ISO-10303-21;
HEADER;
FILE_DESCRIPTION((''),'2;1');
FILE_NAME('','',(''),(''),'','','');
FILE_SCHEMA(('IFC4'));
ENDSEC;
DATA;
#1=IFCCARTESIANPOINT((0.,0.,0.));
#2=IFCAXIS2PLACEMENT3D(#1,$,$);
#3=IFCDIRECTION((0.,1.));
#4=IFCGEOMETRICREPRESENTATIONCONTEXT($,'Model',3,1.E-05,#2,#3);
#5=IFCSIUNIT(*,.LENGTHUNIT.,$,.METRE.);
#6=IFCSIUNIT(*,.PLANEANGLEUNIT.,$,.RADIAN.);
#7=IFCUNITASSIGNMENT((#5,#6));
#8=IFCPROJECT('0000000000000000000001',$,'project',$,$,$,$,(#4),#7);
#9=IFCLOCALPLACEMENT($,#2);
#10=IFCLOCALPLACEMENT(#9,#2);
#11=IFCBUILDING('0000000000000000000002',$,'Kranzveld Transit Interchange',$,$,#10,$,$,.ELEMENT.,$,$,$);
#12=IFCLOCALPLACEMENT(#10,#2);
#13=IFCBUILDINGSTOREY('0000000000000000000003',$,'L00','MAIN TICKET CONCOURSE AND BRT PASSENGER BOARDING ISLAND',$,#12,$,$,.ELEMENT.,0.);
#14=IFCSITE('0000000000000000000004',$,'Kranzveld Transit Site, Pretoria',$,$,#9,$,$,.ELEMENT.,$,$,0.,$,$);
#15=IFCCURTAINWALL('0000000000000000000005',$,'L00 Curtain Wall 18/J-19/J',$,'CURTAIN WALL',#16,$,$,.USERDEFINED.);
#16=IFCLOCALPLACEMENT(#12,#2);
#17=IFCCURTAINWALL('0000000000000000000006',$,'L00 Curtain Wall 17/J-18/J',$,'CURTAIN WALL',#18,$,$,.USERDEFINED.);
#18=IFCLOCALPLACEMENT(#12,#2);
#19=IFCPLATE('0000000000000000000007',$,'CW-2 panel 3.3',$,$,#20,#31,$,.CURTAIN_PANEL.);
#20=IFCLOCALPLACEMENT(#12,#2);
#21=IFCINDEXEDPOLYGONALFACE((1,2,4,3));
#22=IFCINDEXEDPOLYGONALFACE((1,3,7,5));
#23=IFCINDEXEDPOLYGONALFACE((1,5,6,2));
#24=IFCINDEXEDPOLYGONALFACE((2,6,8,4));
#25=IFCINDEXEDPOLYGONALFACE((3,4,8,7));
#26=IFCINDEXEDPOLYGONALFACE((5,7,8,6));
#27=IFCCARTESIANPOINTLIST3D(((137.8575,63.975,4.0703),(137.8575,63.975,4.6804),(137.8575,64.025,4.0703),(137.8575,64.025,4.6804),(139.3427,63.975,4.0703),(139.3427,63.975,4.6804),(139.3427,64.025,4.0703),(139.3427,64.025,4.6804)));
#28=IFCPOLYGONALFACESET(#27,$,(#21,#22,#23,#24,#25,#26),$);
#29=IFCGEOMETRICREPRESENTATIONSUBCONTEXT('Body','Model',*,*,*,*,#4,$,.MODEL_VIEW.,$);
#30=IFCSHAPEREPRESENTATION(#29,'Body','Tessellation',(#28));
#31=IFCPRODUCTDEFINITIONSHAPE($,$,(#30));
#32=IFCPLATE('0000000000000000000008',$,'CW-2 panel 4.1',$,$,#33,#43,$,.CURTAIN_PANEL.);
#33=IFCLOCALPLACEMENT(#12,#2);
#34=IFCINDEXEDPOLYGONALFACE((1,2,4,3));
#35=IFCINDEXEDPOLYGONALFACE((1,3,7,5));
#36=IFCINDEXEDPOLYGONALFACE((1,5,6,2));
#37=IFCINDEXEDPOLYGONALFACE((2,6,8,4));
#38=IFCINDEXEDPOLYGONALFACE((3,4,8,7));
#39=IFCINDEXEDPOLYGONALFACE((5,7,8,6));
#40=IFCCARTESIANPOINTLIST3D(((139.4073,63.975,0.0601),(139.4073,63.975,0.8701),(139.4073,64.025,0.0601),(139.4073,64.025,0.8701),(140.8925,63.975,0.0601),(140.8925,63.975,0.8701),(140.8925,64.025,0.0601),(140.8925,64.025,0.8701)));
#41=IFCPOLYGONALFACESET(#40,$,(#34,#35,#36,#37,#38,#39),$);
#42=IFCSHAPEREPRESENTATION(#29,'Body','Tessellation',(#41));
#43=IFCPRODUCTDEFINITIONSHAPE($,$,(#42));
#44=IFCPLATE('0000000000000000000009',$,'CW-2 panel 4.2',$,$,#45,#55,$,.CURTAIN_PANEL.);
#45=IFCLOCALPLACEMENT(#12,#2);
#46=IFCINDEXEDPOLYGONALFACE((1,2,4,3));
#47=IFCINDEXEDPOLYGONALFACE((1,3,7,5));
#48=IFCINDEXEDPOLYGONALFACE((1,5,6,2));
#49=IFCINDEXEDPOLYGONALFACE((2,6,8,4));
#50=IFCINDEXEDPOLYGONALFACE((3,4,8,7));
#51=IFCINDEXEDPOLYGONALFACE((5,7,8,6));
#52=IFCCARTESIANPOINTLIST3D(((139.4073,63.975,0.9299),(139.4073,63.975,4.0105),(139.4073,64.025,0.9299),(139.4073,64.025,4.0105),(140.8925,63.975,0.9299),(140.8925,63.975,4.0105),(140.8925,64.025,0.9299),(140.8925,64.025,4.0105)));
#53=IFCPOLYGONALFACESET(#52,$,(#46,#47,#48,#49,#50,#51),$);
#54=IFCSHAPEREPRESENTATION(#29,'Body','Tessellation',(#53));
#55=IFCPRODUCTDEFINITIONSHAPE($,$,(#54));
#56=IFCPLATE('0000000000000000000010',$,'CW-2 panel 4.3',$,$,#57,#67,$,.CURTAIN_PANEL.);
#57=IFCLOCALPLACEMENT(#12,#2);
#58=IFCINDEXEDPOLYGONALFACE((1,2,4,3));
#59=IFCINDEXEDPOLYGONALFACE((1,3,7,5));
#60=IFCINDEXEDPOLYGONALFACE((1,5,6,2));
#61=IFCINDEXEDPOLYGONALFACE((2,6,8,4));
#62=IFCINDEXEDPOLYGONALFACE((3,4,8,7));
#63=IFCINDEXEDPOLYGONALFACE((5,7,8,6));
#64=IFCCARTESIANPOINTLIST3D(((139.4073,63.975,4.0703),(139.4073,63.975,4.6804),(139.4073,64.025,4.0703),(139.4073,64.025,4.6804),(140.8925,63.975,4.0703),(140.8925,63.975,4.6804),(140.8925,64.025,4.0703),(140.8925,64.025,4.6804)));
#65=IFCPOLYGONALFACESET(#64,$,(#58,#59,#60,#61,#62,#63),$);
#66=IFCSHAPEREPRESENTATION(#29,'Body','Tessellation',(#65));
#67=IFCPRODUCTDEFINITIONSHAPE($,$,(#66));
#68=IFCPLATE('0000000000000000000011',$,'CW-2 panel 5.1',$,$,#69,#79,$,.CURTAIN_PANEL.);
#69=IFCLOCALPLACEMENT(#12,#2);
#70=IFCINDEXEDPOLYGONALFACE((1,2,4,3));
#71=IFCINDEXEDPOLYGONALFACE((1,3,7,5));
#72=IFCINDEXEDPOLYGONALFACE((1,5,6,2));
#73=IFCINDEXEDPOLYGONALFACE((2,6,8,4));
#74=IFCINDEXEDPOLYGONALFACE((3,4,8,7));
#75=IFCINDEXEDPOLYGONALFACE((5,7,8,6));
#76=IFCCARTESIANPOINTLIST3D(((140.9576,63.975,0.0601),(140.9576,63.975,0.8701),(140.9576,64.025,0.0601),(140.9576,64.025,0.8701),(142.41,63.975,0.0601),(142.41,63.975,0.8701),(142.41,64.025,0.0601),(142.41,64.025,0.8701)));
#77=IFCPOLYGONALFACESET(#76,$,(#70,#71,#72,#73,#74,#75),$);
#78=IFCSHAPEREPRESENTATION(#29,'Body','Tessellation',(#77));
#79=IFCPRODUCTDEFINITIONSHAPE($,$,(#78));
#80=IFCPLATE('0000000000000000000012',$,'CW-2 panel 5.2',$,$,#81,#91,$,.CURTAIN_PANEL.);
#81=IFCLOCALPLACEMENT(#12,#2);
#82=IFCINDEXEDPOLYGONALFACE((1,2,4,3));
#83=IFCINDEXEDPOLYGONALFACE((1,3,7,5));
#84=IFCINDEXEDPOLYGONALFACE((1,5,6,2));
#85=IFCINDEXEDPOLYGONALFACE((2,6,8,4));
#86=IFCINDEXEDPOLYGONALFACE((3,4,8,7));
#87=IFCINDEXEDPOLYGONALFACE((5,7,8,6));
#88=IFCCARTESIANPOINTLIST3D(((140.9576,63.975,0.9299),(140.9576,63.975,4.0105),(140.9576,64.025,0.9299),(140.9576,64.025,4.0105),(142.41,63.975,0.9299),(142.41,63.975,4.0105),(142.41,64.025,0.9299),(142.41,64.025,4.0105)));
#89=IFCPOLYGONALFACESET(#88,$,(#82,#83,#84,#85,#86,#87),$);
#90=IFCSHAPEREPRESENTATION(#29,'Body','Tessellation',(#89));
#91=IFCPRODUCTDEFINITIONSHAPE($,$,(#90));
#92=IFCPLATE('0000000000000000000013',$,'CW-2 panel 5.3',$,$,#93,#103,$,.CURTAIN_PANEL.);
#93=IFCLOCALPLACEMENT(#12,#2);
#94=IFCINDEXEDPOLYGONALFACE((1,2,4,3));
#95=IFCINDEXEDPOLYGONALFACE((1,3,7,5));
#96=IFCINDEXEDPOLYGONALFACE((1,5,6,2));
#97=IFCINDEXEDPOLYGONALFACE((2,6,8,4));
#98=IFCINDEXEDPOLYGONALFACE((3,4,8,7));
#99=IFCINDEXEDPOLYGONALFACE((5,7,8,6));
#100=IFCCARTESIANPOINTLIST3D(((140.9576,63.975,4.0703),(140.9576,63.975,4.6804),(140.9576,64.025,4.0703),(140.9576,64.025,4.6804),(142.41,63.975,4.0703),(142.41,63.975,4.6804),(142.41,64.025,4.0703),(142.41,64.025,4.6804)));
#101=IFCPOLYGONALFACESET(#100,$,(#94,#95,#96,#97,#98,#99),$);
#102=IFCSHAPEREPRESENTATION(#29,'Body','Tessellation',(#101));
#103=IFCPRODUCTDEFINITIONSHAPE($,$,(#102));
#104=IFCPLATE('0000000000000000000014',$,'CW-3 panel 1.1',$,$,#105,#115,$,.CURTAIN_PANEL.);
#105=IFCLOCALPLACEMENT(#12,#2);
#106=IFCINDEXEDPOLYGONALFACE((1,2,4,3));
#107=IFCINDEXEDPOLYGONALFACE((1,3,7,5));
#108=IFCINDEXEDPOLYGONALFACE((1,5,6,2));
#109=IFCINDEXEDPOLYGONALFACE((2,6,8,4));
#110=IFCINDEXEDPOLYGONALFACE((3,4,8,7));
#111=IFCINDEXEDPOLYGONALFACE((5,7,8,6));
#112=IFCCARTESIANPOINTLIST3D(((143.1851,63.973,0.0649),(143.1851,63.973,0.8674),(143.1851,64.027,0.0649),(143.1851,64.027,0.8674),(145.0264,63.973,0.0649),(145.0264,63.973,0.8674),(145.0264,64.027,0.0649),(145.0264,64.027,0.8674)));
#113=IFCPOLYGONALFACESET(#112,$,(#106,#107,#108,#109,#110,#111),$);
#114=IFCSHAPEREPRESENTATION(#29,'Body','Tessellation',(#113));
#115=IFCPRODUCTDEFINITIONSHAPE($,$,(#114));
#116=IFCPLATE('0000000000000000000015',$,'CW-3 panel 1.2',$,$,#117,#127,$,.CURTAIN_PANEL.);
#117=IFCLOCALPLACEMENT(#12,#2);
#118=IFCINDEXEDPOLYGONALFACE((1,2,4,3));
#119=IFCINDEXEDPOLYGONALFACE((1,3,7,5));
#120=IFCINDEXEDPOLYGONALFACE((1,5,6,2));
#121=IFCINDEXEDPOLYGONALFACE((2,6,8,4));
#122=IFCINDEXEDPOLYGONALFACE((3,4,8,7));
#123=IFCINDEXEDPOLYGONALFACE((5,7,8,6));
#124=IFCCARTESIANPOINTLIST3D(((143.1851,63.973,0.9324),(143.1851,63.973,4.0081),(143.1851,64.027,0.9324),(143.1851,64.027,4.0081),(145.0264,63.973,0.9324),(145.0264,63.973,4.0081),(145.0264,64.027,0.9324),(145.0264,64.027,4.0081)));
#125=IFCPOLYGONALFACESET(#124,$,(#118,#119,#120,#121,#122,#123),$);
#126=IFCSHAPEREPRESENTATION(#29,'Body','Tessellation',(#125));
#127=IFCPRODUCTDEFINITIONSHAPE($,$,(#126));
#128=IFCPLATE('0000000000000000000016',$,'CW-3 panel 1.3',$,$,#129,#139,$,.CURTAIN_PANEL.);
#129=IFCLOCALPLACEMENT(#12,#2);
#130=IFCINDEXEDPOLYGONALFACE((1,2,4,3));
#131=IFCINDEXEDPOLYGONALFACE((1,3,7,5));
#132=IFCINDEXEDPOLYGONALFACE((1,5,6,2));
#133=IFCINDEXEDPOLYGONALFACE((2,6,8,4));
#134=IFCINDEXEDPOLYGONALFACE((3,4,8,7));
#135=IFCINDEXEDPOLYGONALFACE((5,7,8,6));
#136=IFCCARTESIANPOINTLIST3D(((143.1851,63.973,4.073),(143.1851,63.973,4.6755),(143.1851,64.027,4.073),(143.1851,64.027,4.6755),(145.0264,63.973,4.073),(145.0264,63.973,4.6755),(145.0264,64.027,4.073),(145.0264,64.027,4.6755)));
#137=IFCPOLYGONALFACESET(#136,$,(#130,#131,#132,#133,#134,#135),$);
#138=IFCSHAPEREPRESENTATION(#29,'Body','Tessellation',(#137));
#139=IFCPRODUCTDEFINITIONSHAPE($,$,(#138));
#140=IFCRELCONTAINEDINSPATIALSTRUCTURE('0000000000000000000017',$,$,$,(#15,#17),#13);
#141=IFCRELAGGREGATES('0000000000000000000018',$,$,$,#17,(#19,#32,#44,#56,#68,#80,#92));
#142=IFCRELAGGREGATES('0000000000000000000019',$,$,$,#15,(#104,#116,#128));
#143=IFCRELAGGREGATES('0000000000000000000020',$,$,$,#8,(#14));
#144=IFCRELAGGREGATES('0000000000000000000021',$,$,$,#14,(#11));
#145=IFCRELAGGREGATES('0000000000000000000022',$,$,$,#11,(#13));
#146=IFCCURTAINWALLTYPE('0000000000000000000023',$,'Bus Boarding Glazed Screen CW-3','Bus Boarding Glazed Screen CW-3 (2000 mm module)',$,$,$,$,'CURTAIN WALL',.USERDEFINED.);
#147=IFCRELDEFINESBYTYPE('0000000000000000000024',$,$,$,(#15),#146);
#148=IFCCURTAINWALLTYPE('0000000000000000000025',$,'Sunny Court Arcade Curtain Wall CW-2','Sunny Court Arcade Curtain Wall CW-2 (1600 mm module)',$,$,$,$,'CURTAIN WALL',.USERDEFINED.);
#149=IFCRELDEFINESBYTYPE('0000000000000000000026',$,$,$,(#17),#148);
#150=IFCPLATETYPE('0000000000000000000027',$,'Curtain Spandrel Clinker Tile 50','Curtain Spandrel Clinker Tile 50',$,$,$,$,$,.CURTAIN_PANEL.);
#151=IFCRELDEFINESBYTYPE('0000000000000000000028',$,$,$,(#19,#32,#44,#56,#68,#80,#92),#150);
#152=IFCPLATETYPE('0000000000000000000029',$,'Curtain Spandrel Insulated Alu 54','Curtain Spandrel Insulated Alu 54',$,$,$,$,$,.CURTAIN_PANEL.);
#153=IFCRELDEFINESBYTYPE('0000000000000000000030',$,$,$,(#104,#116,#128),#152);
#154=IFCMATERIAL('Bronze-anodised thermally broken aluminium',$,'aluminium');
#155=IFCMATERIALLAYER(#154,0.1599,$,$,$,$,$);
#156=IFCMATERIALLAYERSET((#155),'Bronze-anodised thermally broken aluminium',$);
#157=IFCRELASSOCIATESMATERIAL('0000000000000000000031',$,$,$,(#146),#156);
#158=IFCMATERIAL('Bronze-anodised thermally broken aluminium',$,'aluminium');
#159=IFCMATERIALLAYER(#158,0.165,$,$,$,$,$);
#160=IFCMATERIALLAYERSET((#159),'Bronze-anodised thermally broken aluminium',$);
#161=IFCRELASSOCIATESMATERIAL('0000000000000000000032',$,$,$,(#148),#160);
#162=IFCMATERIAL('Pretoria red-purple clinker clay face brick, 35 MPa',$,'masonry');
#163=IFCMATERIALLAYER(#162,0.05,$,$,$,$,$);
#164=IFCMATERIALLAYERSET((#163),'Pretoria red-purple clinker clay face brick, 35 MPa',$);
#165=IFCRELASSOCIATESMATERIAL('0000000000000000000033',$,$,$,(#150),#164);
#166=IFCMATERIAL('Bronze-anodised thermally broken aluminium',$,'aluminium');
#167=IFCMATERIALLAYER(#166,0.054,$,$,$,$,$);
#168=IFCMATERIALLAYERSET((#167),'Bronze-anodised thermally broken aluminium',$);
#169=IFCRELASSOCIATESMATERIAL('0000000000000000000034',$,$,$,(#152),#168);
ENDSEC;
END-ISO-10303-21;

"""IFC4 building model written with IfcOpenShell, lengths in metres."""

from ifc_helpers import new_model, si_unit, direction, frame, origin, origin_2d, place, context, subcontext, project, spatial, rectangle, extrude, material, layer, layer_set, type_object, element, aggregate, save


model = new_model("IFC4")

# Units and contexts
model_context = context("Model", 3, precision=1e-05, world=origin(), true_north=direction((0.0, 1.0)))
body_context = subcontext(model_context, "Body", "Model", "MODEL_VIEW")
ifc_project = project(units=[si_unit("LENGTHUNIT", "METRE"), si_unit("PLANEANGLEUNIT", "RADIAN")], contexts=[model_context])

# Site, building, storey
site_placement = place(None, origin())
site = spatial("IfcSite", under=ifc_project, at=site_placement, Name="Kranzveld Transit Site, Pretoria", CompositionType="ELEMENT", RefElevation=0.0)
building_placement = place(site_placement, origin())
building = spatial("IfcBuilding", under=site, at=building_placement, Name="Kranzveld Transit Interchange", CompositionType="ELEMENT")
storey_placement = place(building_placement, origin())
storey = spatial("IfcBuildingStorey", under=building, at=storey_placement, Name="L00", Description="MAIN TICKET CONCOURSE AND BRT PASSENGER BOARDING ISLAND", CompositionType="ELEMENT", Elevation=0.0)

# Curtain walls
ifc_material_1 = material(Name="Bronze-anodised thermally broken aluminium", Category="aluminium")
ifc_layer_1 = layer(ifc_material_1, 0.1599)
ifc_layer_set_1 = layer_set([ifc_layer_1], Name="Bronze-anodised thermally broken aluminium")
curtain_wall_type_1 = type_object("IfcCurtainWallType", Name="Bus Boarding Glazed Screen CW-3", Description="Bus Boarding Glazed Screen CW-3 (2000 mm module)", ElementType="CURTAIN WALL", PredefinedType="USERDEFINED", material=ifc_layer_set_1)
curtain_wall_1_placement = place(storey_placement, origin())
curtain_wall_1 = element("IfcCurtainWall", 1, at=curtain_wall_1_placement, inside=storey, type_object=curtain_wall_type_1, Name="L00 Curtain Wall 18/J-19/J", ObjectType="CURTAIN WALL", PredefinedType="USERDEFINED")
ifc_material_2 = material(Name="Bronze-anodised thermally broken aluminium", Category="aluminium")
ifc_layer_2 = layer(ifc_material_2, 0.165)
ifc_layer_set_2 = layer_set([ifc_layer_2], Name="Bronze-anodised thermally broken aluminium")
curtain_wall_type_2 = type_object("IfcCurtainWallType", Name="Sunny Court Arcade Curtain Wall CW-2", Description="Sunny Court Arcade Curtain Wall CW-2 (1600 mm module)", ElementType="CURTAIN WALL", PredefinedType="USERDEFINED", material=ifc_layer_set_2)
curtain_wall_2_placement = place(storey_placement, origin())
curtain_wall_2 = element("IfcCurtainWall", 2, at=curtain_wall_2_placement, inside=storey, type_object=curtain_wall_type_2, Name="L00 Curtain Wall 17/J-18/J", ObjectType="CURTAIN WALL", PredefinedType="USERDEFINED")

# Plates
ifc_material_3 = material(Name="Pretoria red-purple clinker clay face brick, 35 MPa", Category="masonry")
ifc_layer_3 = layer(ifc_material_3, 0.05)
ifc_layer_set_3 = layer_set([ifc_layer_3], Name="Pretoria red-purple clinker clay face brick, 35 MPa")
plate_type_1 = type_object("IfcPlateType", Name="Curtain Spandrel Clinker Tile 50", Description="Curtain Spandrel Clinker Tile 50", PredefinedType="CURTAIN_PANEL", material=ifc_layer_set_3)
plate_1_placement = place(storey_placement, frame((138.6001, 64.0, 4.0703), z_axis=(0.0, 0.0, 1.0), x_axis=(1.0, 0.0, 0.0)))
plate_1 = element("IfcPlate", 3, at=plate_1_placement, type_object=plate_type_1, Name="CW-2 panel 3.3", PredefinedType="CURTAIN_PANEL", context=body_context, shape_type="SweptSolid", body=[
    extrude(rectangle(XDim=1.4851, YDim=0.05, at=origin_2d()), origin(), (0.0, 0.0, 1.0), 0.6101),
])
plate_2_placement = place(storey_placement, frame((140.1499, 64.0, 0.0601), z_axis=(0.0, 0.0, 1.0), x_axis=(1.0, 0.0, 0.0)))
plate_2 = element("IfcPlate", 4, at=plate_2_placement, type_object=plate_type_1, Name="CW-2 panel 4.1", PredefinedType="CURTAIN_PANEL", context=body_context, shape_type="SweptSolid", body=[
    extrude(rectangle(XDim=1.4851, YDim=0.05, at=origin_2d()), origin(), (0.0, 0.0, 1.0), 0.8101),
])
plate_3_placement = place(storey_placement, frame((140.1499, 64.0, 0.9299), z_axis=(0.0, 0.0, 1.0), x_axis=(1.0, 0.0, 0.0)))
plate_3 = element("IfcPlate", 5, at=plate_3_placement, type_object=plate_type_1, Name="CW-2 panel 4.2", PredefinedType="CURTAIN_PANEL", context=body_context, shape_type="SweptSolid", body=[
    extrude(rectangle(XDim=1.4851, YDim=0.05, at=origin_2d()), origin(), (0.0, 0.0, 1.0), 3.0806),
])
plate_4_placement = place(storey_placement, frame((140.1499, 64.0, 4.0703), z_axis=(0.0, 0.0, 1.0), x_axis=(1.0, 0.0, 0.0)))
plate_4 = element("IfcPlate", 6, at=plate_4_placement, type_object=plate_type_1, Name="CW-2 panel 4.3", PredefinedType="CURTAIN_PANEL", context=body_context, shape_type="SweptSolid", body=[
    extrude(rectangle(XDim=1.4851, YDim=0.05, at=origin_2d()), origin(), (0.0, 0.0, 1.0), 0.6101),
])
plate_5_placement = place(storey_placement, frame((141.6838, 64.0, 0.0601), z_axis=(0.0, 0.0, 1.0), x_axis=(1.0, 0.0, 0.0)))
plate_5 = element("IfcPlate", 7, at=plate_5_placement, type_object=plate_type_1, Name="CW-2 panel 5.1", PredefinedType="CURTAIN_PANEL", context=body_context, shape_type="SweptSolid", body=[
    extrude(rectangle(XDim=1.4524, YDim=0.05, at=origin_2d()), origin(), (0.0, 0.0, 1.0), 0.8101),
])
plate_6_placement = place(storey_placement, frame((141.6838, 64.0, 0.9299), z_axis=(0.0, 0.0, 1.0), x_axis=(1.0, 0.0, 0.0)))
plate_6 = element("IfcPlate", 8, at=plate_6_placement, type_object=plate_type_1, Name="CW-2 panel 5.2", PredefinedType="CURTAIN_PANEL", context=body_context, shape_type="SweptSolid", body=[
    extrude(rectangle(XDim=1.4524, YDim=0.05, at=origin_2d()), origin(), (0.0, 0.0, 1.0), 3.0806),
])
plate_7_placement = place(storey_placement, frame((141.6838, 64.0, 4.0703), z_axis=(0.0, 0.0, 1.0), x_axis=(1.0, 0.0, 0.0)))
plate_7 = element("IfcPlate", 9, at=plate_7_placement, type_object=plate_type_1, Name="CW-2 panel 5.3", PredefinedType="CURTAIN_PANEL", context=body_context, shape_type="SweptSolid", body=[
    extrude(rectangle(XDim=1.4524, YDim=0.05, at=origin_2d()), origin(), (0.0, 0.0, 1.0), 0.6101),
])
aggregate(curtain_wall_2, [plate_1, plate_2, plate_3, plate_4, plate_5, plate_6, plate_7])
ifc_material_4 = material(Name="Bronze-anodised thermally broken aluminium", Category="aluminium")
ifc_layer_4 = layer(ifc_material_4, 0.054)
ifc_layer_set_4 = layer_set([ifc_layer_4], Name="Bronze-anodised thermally broken aluminium")
plate_type_2 = type_object("IfcPlateType", Name="Curtain Spandrel Insulated Alu 54", Description="Curtain Spandrel Insulated Alu 54", PredefinedType="CURTAIN_PANEL", material=ifc_layer_set_4)
plate_8_placement = place(storey_placement, frame((144.1057, 64.0, 0.0649), z_axis=(0.0, 0.0, 1.0), x_axis=(1.0, 0.0, 0.0)))
plate_8 = element("IfcPlate", 10, at=plate_8_placement, type_object=plate_type_2, Name="CW-3 panel 1.1", PredefinedType="CURTAIN_PANEL", context=body_context, shape_type="SweptSolid", body=[
    extrude(rectangle(XDim=1.8413, YDim=0.054, at=origin_2d()), origin(), (0.0, 0.0, 1.0), 0.8025),
])
plate_9_placement = place(storey_placement, frame((144.1057, 64.0, 0.9324), z_axis=(0.0, 0.0, 1.0), x_axis=(1.0, 0.0, 0.0)))
plate_9 = element("IfcPlate", 11, at=plate_9_placement, type_object=plate_type_2, Name="CW-3 panel 1.2", PredefinedType="CURTAIN_PANEL", context=body_context, shape_type="SweptSolid", body=[
    extrude(rectangle(XDim=1.8413, YDim=0.054, at=origin_2d()), origin(), (0.0, 0.0, 1.0), 3.0757),
])
plate_10_placement = place(storey_placement, frame((144.1057, 64.0, 4.073), z_axis=(0.0, 0.0, 1.0), x_axis=(1.0, 0.0, 0.0)))
plate_10 = element("IfcPlate", 12, at=plate_10_placement, type_object=plate_type_2, Name="CW-3 panel 1.3", PredefinedType="CURTAIN_PANEL", context=body_context, shape_type="SweptSolid", body=[
    extrude(rectangle(XDim=1.8413, YDim=0.054, at=origin_2d()), origin(), (0.0, 0.0, 1.0), 0.6025),
])
aggregate(curtain_wall_1, [plate_8, plate_9, plate_10])

save(model, "model.ifc")
